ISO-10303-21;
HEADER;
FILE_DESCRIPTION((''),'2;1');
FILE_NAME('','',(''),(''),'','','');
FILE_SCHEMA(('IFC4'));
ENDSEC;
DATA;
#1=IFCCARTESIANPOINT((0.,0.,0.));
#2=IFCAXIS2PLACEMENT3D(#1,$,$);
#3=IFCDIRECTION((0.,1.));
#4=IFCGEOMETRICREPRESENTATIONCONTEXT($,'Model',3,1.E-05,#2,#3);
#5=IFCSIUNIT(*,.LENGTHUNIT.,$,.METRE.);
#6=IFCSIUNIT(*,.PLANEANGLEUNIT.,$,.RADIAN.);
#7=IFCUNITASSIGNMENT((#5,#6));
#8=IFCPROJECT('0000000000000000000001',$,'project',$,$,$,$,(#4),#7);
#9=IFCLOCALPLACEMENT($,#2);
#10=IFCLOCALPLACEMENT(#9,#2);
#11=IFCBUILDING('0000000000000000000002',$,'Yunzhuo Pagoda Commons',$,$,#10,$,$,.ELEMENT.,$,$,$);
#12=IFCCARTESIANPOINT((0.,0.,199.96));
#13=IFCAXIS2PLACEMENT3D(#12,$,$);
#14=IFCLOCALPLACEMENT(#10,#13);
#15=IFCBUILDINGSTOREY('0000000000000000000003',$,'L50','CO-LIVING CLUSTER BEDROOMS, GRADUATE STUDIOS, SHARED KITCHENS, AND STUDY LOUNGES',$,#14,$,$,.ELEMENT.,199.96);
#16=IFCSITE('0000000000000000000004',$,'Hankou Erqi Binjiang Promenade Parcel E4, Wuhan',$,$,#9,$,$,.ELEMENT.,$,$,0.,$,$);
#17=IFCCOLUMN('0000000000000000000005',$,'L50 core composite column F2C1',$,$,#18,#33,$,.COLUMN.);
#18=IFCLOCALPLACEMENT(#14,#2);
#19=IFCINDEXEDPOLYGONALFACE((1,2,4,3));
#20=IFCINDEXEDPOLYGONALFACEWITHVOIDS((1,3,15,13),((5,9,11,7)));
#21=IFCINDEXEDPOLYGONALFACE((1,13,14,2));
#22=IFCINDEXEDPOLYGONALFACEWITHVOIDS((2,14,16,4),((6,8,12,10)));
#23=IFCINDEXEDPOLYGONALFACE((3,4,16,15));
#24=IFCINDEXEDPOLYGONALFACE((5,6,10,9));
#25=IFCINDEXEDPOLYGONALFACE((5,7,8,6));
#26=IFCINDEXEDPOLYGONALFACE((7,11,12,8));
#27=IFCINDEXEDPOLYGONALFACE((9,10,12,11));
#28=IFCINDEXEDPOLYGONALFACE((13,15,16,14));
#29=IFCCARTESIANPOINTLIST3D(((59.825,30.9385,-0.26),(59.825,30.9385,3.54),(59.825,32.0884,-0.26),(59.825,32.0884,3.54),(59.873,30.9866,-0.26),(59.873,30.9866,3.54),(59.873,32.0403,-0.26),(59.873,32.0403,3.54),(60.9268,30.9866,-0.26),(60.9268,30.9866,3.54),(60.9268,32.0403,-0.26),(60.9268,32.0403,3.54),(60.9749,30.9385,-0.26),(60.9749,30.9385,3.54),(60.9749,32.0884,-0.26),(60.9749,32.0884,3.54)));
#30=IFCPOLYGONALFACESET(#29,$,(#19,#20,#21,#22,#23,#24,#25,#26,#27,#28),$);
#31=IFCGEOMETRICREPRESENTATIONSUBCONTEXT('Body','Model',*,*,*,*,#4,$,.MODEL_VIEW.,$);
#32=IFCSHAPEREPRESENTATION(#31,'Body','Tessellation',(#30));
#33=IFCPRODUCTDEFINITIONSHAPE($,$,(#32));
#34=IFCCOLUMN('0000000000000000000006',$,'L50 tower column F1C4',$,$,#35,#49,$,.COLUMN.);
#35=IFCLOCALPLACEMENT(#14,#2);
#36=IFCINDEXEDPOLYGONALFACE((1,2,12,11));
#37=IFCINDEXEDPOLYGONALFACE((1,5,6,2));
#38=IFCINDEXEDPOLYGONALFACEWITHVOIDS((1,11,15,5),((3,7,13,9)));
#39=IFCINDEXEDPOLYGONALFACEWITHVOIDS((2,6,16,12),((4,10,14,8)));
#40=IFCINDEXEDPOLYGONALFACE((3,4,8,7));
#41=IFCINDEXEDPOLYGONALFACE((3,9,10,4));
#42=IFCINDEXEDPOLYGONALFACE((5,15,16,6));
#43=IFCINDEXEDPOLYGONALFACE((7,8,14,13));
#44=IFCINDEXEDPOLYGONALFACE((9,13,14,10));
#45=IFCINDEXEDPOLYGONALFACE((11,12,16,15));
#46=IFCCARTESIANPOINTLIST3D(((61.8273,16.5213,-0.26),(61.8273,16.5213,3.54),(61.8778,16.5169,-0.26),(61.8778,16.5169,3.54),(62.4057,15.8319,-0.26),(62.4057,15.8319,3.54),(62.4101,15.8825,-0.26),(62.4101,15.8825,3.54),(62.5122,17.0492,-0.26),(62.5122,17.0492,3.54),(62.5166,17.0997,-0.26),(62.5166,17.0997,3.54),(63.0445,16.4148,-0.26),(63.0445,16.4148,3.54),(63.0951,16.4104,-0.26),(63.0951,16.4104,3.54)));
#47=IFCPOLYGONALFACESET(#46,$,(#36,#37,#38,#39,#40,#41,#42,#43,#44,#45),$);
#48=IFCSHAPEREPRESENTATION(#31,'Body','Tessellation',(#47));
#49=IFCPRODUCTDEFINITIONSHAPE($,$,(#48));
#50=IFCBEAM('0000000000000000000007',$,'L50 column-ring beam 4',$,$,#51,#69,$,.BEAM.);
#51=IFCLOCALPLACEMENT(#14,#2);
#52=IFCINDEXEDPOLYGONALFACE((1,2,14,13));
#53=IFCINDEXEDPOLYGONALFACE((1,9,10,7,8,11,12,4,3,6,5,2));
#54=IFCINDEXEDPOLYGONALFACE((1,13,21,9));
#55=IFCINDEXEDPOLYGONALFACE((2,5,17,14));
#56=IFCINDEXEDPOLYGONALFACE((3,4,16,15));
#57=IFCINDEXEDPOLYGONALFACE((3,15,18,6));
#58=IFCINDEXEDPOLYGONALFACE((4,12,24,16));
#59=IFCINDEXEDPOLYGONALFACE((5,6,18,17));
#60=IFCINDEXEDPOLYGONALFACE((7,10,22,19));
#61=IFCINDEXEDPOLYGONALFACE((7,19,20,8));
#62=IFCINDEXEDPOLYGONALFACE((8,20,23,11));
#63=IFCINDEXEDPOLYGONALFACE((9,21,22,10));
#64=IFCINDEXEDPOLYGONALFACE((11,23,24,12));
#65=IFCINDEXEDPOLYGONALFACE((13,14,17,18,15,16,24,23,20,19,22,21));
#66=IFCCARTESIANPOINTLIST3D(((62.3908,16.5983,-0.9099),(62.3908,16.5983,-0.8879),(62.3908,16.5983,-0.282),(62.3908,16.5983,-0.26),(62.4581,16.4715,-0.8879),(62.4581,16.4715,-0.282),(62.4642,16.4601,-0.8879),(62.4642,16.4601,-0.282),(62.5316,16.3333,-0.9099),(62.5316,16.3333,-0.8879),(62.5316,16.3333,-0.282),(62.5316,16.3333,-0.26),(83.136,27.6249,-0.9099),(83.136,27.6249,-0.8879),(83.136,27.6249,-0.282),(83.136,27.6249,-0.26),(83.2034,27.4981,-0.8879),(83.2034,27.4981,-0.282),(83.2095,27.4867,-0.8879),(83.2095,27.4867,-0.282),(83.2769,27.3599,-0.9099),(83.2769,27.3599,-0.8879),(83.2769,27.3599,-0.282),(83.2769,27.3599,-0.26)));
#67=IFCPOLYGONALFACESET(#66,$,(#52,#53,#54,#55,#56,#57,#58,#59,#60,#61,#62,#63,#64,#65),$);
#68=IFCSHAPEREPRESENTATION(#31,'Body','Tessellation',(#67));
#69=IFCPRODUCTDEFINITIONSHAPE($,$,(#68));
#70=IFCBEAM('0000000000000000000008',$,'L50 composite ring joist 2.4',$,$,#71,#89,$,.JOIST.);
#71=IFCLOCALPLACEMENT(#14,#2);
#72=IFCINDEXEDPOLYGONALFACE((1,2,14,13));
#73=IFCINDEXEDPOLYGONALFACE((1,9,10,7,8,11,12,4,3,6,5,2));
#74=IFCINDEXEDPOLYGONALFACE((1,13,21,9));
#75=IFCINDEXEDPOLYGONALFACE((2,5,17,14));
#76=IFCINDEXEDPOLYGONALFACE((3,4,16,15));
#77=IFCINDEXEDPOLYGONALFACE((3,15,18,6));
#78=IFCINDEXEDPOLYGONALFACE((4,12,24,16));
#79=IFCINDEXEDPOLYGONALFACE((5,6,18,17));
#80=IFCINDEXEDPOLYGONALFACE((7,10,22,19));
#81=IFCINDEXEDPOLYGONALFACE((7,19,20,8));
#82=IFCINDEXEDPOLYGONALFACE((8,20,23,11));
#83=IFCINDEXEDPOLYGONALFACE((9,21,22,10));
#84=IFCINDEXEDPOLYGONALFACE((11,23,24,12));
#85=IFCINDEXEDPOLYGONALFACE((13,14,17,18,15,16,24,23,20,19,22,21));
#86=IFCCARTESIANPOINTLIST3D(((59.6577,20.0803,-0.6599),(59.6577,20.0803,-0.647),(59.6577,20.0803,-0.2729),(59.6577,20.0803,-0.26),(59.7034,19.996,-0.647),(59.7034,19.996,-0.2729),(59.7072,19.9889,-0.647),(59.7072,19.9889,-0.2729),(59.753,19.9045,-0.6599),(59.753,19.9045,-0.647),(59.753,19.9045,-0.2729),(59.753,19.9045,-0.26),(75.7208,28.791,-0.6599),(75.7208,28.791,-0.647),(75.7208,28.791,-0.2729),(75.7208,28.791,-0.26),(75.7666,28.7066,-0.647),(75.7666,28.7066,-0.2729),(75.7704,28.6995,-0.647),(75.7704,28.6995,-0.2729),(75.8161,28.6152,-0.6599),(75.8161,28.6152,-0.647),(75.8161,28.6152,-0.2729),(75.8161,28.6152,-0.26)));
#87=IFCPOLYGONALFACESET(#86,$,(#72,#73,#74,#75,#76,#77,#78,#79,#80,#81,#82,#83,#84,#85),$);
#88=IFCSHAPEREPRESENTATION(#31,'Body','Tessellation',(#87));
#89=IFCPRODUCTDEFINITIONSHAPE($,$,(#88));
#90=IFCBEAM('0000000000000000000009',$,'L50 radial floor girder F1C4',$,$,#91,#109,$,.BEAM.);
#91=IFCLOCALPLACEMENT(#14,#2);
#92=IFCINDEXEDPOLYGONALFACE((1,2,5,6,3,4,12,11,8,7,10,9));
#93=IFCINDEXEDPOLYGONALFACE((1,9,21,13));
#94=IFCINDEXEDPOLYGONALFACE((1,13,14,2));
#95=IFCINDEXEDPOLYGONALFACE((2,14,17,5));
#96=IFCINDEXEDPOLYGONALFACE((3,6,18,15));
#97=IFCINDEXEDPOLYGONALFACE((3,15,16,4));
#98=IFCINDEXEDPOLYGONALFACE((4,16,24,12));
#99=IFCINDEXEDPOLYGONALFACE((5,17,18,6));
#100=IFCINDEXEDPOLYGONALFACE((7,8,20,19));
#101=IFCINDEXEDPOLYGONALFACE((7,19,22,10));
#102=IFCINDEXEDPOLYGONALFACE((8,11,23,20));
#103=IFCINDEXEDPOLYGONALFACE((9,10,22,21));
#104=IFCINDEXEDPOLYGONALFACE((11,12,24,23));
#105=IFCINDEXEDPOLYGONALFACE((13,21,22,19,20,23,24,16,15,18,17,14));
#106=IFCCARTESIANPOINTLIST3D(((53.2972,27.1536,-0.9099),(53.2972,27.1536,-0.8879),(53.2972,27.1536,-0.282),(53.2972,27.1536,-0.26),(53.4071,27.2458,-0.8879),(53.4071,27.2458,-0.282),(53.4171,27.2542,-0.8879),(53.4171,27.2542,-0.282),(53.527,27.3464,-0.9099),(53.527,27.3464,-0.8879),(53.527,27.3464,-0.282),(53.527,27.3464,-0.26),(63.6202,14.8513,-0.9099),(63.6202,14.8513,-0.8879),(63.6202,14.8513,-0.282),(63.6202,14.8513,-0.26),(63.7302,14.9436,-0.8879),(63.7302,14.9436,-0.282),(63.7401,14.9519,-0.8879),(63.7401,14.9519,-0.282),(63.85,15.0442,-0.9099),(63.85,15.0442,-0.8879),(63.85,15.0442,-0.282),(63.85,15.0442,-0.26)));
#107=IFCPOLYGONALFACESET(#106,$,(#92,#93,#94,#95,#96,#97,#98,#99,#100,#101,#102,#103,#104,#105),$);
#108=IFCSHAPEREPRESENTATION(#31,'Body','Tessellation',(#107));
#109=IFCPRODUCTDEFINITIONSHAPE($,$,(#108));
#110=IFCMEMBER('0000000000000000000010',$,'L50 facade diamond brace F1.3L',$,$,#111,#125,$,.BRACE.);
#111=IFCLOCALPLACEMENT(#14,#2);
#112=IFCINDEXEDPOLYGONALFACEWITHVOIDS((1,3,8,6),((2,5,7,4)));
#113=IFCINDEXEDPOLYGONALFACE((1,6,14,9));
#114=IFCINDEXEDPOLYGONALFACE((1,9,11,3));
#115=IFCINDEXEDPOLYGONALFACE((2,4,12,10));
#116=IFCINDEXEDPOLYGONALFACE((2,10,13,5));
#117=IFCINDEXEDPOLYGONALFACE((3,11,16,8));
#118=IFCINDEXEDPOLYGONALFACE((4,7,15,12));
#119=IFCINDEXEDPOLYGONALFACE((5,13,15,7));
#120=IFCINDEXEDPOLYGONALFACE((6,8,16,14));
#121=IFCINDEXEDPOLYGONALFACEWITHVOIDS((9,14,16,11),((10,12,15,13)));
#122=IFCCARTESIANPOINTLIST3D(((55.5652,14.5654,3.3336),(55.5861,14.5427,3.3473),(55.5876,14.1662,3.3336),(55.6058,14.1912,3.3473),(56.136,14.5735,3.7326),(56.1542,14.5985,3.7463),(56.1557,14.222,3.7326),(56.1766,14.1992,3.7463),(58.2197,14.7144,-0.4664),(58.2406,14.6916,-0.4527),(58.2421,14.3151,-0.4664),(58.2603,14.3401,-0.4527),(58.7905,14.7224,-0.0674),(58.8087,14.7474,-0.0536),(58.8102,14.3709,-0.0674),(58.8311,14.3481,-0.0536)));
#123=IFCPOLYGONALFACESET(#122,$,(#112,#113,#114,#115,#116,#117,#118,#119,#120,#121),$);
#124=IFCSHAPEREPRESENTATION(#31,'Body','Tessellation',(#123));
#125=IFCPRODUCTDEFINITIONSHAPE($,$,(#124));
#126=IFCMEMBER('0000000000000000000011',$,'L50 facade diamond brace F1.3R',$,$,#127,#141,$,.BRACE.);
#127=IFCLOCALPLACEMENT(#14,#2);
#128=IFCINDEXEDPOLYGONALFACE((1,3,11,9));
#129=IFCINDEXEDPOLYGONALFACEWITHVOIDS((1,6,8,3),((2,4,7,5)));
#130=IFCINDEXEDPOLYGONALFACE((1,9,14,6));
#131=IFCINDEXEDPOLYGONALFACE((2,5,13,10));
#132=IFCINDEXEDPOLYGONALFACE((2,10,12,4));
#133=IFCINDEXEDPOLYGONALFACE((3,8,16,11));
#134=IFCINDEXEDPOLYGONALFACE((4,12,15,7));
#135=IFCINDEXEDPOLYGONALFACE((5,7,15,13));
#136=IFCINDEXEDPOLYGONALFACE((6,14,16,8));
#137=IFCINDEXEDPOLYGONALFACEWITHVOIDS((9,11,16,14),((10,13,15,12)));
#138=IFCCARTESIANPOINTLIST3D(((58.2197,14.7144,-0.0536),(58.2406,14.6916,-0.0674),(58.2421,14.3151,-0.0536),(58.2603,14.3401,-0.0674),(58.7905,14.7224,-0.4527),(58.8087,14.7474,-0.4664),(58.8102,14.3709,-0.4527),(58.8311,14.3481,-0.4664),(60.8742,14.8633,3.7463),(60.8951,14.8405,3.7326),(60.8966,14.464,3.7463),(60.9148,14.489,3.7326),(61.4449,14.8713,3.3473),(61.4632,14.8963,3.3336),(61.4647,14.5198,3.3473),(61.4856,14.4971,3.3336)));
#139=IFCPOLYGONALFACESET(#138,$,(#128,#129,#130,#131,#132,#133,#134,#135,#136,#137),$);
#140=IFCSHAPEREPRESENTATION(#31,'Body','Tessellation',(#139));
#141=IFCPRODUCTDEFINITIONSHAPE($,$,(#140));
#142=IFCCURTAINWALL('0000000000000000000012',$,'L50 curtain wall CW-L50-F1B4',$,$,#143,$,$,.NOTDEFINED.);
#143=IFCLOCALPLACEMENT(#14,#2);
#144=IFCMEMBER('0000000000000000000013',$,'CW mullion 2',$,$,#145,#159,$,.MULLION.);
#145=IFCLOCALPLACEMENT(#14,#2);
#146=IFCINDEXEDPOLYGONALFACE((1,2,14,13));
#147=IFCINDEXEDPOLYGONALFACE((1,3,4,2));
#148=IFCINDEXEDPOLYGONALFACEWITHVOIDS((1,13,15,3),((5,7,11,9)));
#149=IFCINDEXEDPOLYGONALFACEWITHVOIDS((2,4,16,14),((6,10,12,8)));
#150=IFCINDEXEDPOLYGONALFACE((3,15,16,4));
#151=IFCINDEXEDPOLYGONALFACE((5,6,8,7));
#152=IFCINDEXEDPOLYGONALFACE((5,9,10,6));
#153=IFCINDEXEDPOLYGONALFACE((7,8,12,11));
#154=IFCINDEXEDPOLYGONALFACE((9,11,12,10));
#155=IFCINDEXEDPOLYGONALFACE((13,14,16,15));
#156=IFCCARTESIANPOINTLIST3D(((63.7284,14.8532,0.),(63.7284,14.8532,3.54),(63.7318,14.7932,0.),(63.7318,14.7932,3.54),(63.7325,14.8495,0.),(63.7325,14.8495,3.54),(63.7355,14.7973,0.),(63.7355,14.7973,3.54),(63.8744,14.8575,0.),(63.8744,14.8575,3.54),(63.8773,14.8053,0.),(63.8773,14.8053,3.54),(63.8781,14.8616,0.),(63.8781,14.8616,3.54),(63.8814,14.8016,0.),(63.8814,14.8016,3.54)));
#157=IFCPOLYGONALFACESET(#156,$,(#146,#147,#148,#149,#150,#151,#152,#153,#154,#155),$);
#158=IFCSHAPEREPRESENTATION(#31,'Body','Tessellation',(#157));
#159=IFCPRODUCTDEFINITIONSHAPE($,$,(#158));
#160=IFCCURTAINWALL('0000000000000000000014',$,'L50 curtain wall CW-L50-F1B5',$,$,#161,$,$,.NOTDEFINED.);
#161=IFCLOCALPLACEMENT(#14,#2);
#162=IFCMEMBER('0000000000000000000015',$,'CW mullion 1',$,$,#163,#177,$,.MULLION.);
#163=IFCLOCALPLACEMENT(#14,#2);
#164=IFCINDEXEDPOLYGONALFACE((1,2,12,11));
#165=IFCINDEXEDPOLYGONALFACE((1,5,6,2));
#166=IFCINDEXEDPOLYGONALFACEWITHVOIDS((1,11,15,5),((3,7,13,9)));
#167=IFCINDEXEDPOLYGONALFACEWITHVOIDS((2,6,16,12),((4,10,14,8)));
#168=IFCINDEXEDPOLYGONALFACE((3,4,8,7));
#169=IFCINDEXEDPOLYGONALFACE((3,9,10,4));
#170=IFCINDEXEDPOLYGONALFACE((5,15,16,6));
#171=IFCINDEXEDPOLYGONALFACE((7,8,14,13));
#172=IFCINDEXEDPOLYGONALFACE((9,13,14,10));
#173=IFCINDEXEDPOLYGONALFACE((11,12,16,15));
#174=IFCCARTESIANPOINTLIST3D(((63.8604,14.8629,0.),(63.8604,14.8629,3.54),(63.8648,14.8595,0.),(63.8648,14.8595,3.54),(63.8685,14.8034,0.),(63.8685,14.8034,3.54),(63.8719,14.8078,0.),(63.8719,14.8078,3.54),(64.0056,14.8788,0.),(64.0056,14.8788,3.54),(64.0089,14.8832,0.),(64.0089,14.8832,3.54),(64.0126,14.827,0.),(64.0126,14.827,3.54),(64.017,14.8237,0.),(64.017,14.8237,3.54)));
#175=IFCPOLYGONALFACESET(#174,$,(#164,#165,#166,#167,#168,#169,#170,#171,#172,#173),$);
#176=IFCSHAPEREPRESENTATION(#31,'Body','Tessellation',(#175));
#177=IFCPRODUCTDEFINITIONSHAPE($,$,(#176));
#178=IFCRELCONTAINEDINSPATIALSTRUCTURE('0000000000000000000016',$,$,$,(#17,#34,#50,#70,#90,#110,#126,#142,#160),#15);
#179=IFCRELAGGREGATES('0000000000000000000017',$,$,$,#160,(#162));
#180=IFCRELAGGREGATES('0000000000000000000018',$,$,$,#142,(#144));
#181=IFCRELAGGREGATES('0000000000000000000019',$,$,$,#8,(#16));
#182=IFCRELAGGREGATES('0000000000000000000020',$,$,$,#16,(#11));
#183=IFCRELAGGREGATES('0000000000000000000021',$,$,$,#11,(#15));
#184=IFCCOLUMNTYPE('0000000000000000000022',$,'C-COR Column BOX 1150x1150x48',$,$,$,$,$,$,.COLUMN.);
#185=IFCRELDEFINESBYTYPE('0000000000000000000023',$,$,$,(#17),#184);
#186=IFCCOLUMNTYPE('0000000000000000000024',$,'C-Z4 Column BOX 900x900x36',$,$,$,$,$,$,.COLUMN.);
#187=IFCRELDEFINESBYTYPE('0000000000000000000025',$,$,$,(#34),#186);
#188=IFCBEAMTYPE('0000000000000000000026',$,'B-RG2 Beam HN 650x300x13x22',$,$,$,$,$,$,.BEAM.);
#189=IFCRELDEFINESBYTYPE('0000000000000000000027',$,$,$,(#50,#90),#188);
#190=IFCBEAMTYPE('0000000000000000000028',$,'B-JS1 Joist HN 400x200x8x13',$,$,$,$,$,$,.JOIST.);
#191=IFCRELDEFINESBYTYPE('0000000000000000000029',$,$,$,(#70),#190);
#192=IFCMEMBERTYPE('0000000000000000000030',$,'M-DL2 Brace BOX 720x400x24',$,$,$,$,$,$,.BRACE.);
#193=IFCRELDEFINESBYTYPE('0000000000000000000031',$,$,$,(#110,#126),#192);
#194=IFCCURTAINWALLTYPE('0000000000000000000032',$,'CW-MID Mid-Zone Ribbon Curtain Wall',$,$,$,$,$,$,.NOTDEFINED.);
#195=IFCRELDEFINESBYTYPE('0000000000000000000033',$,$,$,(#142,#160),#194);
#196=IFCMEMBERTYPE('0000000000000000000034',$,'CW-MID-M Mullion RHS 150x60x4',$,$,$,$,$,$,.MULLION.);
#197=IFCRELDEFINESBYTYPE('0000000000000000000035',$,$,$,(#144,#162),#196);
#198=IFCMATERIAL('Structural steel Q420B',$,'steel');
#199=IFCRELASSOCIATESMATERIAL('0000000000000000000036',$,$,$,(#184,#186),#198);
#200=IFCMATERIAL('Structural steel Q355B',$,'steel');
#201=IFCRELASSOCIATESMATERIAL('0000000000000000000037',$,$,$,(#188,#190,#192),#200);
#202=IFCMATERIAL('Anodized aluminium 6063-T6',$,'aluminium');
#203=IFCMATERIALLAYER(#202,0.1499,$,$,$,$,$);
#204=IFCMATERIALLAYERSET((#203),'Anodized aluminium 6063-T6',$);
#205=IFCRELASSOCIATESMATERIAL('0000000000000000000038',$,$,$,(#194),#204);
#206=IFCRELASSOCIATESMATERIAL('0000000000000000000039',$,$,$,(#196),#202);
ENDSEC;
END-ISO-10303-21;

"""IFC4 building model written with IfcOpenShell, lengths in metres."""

from ifc_helpers import new_model, si_unit, direction, frame, origin, origin_2d, place, context, subcontext, project, spatial, hollow_rectangle, i_section, extrude, source, transform, mapped, material, layer, layer_set, material_profile, profile_set, type_object, element, aggregate, save


model = new_model("IFC4")

# Units and contexts
model_context = context("Model", 3, precision=1e-05, world=origin(), true_north=direction((0.0, 1.0)))
body_context = subcontext(model_context, "Body", "Model", "MODEL_VIEW")
ifc_project = project(units=[si_unit("LENGTHUNIT", "METRE"), si_unit("PLANEANGLEUNIT", "RADIAN")], contexts=[model_context])

# Site, building, storey
site_placement = place(None, origin())
site = spatial("IfcSite", under=ifc_project, at=site_placement, Name="Hankou Erqi Binjiang Promenade Parcel E4, Wuhan", CompositionType="ELEMENT", RefElevation=0.0)
building_placement = place(site_placement, origin())
building = spatial("IfcBuilding", under=site, at=building_placement, Name="Yunzhuo Pagoda Commons", CompositionType="ELEMENT")
storey_placement = place(building_placement, frame((0.0, 0.0, 199.96)))
storey = spatial("IfcBuildingStorey", under=building, at=storey_placement, Name="L50", Description="CO-LIVING CLUSTER BEDROOMS, GRADUATE STUDIOS, SHARED KITCHENS, AND STUDY LOUNGES", CompositionType="ELEMENT", Elevation=199.96)

# Columns
ifc_material_1 = material(Name="Structural steel Q420B", Category="steel")
ifc_material_profile_1 = material_profile(ifc_material_1, hollow_rectangle(XDim=1.1499, YDim=1.1499, WallThickness=0.0481, at=origin_2d()), Name="Structural steel Q420B")
ifc_profile_set_1 = profile_set([ifc_material_profile_1], Name="Structural steel Q420B")
column_type_1 = type_object("IfcColumnType", Name="C-COR Column BOX 1150x1150x48", PredefinedType="COLUMN", material=ifc_profile_set_1)
shared_shape_1 = source(origin(), body_context, "Body", "SweptSolid", [
    extrude(hollow_rectangle(XDim=1.1499, YDim=1.1499, WallThickness=0.0481, at=origin_2d()), origin(), (0.0, 0.0, 1.0), 3.8),
])
column_1_placement = place(storey_placement, frame((60.3999, 31.5134, -0.26), z_axis=(0.0, 0.0, 1.0), x_axis=(1.0, 0.0, 0.0)))
element("IfcColumn", 1, at=column_1_placement, inside=storey, type_object=column_type_1, Name="L50 core composite column F2C1", PredefinedType="COLUMN", context=body_context, shape_type="MappedRepresentation", body=[
    mapped(shared_shape_1, transform((0.0, 0.0, 0.0), scale=1.0)),
])
ifc_material_profile_2 = material_profile(ifc_material_1, hollow_rectangle(XDim=0.8999, YDim=0.8999, WallThickness=0.0359, at=origin_2d()), Name="Structural steel Q420B")
ifc_profile_set_2 = profile_set([ifc_material_profile_2], Name="Structural steel Q420B")
column_type_2 = type_object("IfcColumnType", Name="C-Z4 Column BOX 900x900x36", PredefinedType="COLUMN", material=ifc_profile_set_2)
shared_shape_2 = source(origin(), body_context, "Body", "SweptSolid", [
    extrude(hollow_rectangle(XDim=0.8999, YDim=0.8999, WallThickness=0.0359, at=origin_2d()), origin(), (0.0, 0.0, 1.0), 3.8),
])
column_2_placement = place(storey_placement, frame((62.4612, 16.4658, -0.26), z_axis=(0.0, 0.0, 1.0), x_axis=(0.766044, 0.642788, 0.0)))
element("IfcColumn", 2, at=column_2_placement, inside=storey, type_object=column_type_2, Name="L50 tower column F1C4", PredefinedType="COLUMN", context=body_context, shape_type="MappedRepresentation", body=[
    mapped(shared_shape_2, transform((0.0, 0.0, 0.0), scale=1.0)),
])

# Beams
ifc_material_2 = material(Name="Structural steel Q355B", Category="steel")
ifc_material_profile_3 = material_profile(ifc_material_2, i_section(OverallWidth=0.3, OverallDepth=0.6499, WebThickness=0.0129, FlangeThickness=0.022, at=origin_2d()), Name="Structural steel Q355B")
ifc_profile_set_3 = profile_set([ifc_material_profile_3], Name="Structural steel Q355B")
beam_type_1 = type_object("IfcBeamType", Name="B-RG2 Beam HN 650x300x13x22", PredefinedType="BEAM", material=ifc_profile_set_3)
shared_shape_3 = source(origin(), body_context, "Body", "SweptSolid", [
    extrude(i_section(OverallWidth=0.3, OverallDepth=0.6499, WebThickness=0.0129, FlangeThickness=0.022, at=origin_2d()), origin(), (0.0, 0.0, 1.0), 23.4937),
])
beam_1_placement = place(storey_placement, frame((62.4612, 16.4658, -0.585), z_axis=(0.883016, 0.469342, 0.0), x_axis=(-0.469342, 0.883016, 0.0)))
element("IfcBeam", 3, at=beam_1_placement, inside=storey, type_object=beam_type_1, Name="L50 column-ring beam 4", PredefinedType="BEAM", context=body_context, shape_type="MappedRepresentation", body=[
    mapped(shared_shape_3, transform((0.0, 0.0, 0.0), scale=1.0)),
])
ifc_material_profile_4 = material_profile(ifc_material_2, i_section(OverallWidth=0.2, OverallDepth=0.3999, WebThickness=0.0081, FlangeThickness=0.0129, at=origin_2d()), Name="Structural steel Q355B")
ifc_profile_set_4 = profile_set([ifc_material_profile_4], Name="Structural steel Q355B")
beam_type_2 = type_object("IfcBeamType", Name="B-JS1 Joist HN 400x200x8x13", PredefinedType="JOIST", material=ifc_profile_set_4)
shared_shape_4 = source(origin(), body_context, "Body", "SweptSolid", [
    extrude(i_section(OverallWidth=0.2, OverallDepth=0.3999, WebThickness=0.0081, FlangeThickness=0.0129, at=origin_2d()), origin(), (0.0, 0.0, 1.0), 18.2729),
])
beam_2_placement = place(storey_placement, frame((59.7053, 19.9924, -0.46), z_axis=(0.879068, 0.476697, 0.0), x_axis=(-0.476697, 0.879068, 0.0)))
element("IfcBeam", 4, at=beam_2_placement, inside=storey, type_object=beam_type_2, Name="L50 composite ring joist 2.4", PredefinedType="JOIST", context=body_context, shape_type="MappedRepresentation", body=[
    mapped(shared_shape_4, transform((0.0, 0.0, 0.0), scale=1.0)),
])
shared_shape_5 = source(origin(), body_context, "Body", "SweptSolid", [
    extrude(i_section(OverallWidth=0.3, OverallDepth=0.6499, WebThickness=0.0129, FlangeThickness=0.022, at=origin_2d()), origin(), (0.0, 0.0, 1.0), 16.0596),
])
beam_3_placement = place(storey_placement, frame((63.7351, 14.9478, -0.585), z_axis=(-0.642794, 0.766039, 0.0), x_axis=(-0.766039, -0.642794, 0.0)))
element("IfcBeam", 5, at=beam_3_placement, inside=storey, type_object=beam_type_1, Name="L50 radial floor girder F1C4", PredefinedType="BEAM", context=body_context, shape_type="MappedRepresentation", body=[
    mapped(shared_shape_5, transform((0.0, 0.0, 0.0), scale=1.0)),
])

# Members
ifc_material_profile_5 = material_profile(ifc_material_2, hollow_rectangle(XDim=0.3999, YDim=0.72, WallThickness=0.0239, at=origin_2d()), Name="Structural steel Q355B")
ifc_profile_set_5 = profile_set([ifc_material_profile_5], Name="Structural steel Q355B")
member_type_1 = type_object("IfcMemberType", Name="M-DL2 Brace BOX 720x400x24", PredefinedType="BRACE", material=ifc_profile_set_5)
shared_shape_6 = source(origin(), body_context, "Body", "SweptSolid", [
    extrude(hollow_rectangle(XDim=0.3999, YDim=0.72, WallThickness=0.0239, at=origin_2d()), origin(), (0.0, 0.0, 1.0), 4.6377),
])
for number, where, z_axis, x_axis, name in (
    (6, (58.5254, 14.5312, -0.26), (-0.572371, -0.032111, 0.819366), (0.056014, -0.99843, 0.0), "L50 facade diamond brace F1.3L"),
    (7, (58.5254, 14.5312, -0.26), (0.572371, 0.032111, 0.819366), (-0.056014, 0.99843, 0.0), "L50 facade diamond brace F1.3R"),
):
    element("IfcMember", number, at=place(storey_placement, frame(where, z_axis=z_axis, x_axis=x_axis)), inside=storey, type_object=member_type_1, Name=name, PredefinedType="BRACE", context=body_context, shape_type="MappedRepresentation", body=[
        mapped(shared_shape_6, transform((0.0, 0.0, 0.0), scale=1.0)),
    ])

# Curtain wall, member
ifc_material_3 = material(Name="Anodized aluminium 6063-T6", Category="aluminium")
ifc_layer_1 = layer(ifc_material_3, 0.1499)
ifc_layer_set_1 = layer_set([ifc_layer_1], Name="Anodized aluminium 6063-T6")
curtain_wall_type = type_object("IfcCurtainWallType", Name="CW-MID Mid-Zone Ribbon Curtain Wall", PredefinedType="NOTDEFINED", material=ifc_layer_set_1)
curtain_wall_1_placement = place(storey_placement, origin())
curtain_wall_1 = element("IfcCurtainWall", 8, at=curtain_wall_1_placement, inside=storey, type_object=curtain_wall_type, Name="L50 curtain wall CW-L50-F1B4", PredefinedType="NOTDEFINED")
ifc_material_profile_6 = material_profile(ifc_material_3, hollow_rectangle(XDim=0.0601, YDim=0.1499, WallThickness=0.0039, at=origin_2d()), Name="Anodized aluminium 6063-T6")
ifc_profile_set_6 = profile_set([ifc_material_profile_6], Name="Anodized aluminium 6063-T6")
member_type_2 = type_object("IfcMemberType", Name="CW-MID-M Mullion RHS 150x60x4", PredefinedType="MULLION", material=ifc_profile_set_6)
shared_shape_7 = source(origin(), body_context, "Body", "SweptSolid", [
    extrude(hollow_rectangle(XDim=0.0601, YDim=0.1499, WallThickness=0.0039, at=origin_2d()), origin(), (0.0, 0.0, 1.0), 3.54),
])
member_1_placement = place(storey_placement, frame((63.8049, 14.8274, 0.0), z_axis=(0.0, 0.0, 1.0), x_axis=(-0.055983, 0.998432, 0.0)))
member_1 = element("IfcMember", 9, at=member_1_placement, type_object=member_type_2, Name="CW mullion 2", PredefinedType="MULLION", context=body_context, shape_type="MappedRepresentation", body=[
    mapped(shared_shape_7, transform((0.0, 0.0, 0.0), scale=1.0)),
])

# Curtain wall, member
curtain_wall_2_placement = place(storey_placement, origin())
curtain_wall_2 = element("IfcCurtainWall", 10, at=curtain_wall_2_placement, inside=storey, type_object=curtain_wall_type, Name="L50 curtain wall CW-L50-F1B5", PredefinedType="NOTDEFINED")
member_2_placement = place(storey_placement, frame((63.9387, 14.8433, 0.0), z_axis=(0.0, 0.0, 1.0), x_axis=(-0.135312, 0.990803, 0.0)))
member_2 = element("IfcMember", 11, at=member_2_placement, type_object=member_type_2, Name="CW mullion 1", PredefinedType="MULLION", context=body_context, shape_type="MappedRepresentation", body=[
    mapped(shared_shape_7, transform((0.0, 0.0, 0.0), scale=1.0)),
])
aggregate(curtain_wall_2, [member_2])

aggregate(curtain_wall_1, [member_1])

save(model, "model.ifc")
